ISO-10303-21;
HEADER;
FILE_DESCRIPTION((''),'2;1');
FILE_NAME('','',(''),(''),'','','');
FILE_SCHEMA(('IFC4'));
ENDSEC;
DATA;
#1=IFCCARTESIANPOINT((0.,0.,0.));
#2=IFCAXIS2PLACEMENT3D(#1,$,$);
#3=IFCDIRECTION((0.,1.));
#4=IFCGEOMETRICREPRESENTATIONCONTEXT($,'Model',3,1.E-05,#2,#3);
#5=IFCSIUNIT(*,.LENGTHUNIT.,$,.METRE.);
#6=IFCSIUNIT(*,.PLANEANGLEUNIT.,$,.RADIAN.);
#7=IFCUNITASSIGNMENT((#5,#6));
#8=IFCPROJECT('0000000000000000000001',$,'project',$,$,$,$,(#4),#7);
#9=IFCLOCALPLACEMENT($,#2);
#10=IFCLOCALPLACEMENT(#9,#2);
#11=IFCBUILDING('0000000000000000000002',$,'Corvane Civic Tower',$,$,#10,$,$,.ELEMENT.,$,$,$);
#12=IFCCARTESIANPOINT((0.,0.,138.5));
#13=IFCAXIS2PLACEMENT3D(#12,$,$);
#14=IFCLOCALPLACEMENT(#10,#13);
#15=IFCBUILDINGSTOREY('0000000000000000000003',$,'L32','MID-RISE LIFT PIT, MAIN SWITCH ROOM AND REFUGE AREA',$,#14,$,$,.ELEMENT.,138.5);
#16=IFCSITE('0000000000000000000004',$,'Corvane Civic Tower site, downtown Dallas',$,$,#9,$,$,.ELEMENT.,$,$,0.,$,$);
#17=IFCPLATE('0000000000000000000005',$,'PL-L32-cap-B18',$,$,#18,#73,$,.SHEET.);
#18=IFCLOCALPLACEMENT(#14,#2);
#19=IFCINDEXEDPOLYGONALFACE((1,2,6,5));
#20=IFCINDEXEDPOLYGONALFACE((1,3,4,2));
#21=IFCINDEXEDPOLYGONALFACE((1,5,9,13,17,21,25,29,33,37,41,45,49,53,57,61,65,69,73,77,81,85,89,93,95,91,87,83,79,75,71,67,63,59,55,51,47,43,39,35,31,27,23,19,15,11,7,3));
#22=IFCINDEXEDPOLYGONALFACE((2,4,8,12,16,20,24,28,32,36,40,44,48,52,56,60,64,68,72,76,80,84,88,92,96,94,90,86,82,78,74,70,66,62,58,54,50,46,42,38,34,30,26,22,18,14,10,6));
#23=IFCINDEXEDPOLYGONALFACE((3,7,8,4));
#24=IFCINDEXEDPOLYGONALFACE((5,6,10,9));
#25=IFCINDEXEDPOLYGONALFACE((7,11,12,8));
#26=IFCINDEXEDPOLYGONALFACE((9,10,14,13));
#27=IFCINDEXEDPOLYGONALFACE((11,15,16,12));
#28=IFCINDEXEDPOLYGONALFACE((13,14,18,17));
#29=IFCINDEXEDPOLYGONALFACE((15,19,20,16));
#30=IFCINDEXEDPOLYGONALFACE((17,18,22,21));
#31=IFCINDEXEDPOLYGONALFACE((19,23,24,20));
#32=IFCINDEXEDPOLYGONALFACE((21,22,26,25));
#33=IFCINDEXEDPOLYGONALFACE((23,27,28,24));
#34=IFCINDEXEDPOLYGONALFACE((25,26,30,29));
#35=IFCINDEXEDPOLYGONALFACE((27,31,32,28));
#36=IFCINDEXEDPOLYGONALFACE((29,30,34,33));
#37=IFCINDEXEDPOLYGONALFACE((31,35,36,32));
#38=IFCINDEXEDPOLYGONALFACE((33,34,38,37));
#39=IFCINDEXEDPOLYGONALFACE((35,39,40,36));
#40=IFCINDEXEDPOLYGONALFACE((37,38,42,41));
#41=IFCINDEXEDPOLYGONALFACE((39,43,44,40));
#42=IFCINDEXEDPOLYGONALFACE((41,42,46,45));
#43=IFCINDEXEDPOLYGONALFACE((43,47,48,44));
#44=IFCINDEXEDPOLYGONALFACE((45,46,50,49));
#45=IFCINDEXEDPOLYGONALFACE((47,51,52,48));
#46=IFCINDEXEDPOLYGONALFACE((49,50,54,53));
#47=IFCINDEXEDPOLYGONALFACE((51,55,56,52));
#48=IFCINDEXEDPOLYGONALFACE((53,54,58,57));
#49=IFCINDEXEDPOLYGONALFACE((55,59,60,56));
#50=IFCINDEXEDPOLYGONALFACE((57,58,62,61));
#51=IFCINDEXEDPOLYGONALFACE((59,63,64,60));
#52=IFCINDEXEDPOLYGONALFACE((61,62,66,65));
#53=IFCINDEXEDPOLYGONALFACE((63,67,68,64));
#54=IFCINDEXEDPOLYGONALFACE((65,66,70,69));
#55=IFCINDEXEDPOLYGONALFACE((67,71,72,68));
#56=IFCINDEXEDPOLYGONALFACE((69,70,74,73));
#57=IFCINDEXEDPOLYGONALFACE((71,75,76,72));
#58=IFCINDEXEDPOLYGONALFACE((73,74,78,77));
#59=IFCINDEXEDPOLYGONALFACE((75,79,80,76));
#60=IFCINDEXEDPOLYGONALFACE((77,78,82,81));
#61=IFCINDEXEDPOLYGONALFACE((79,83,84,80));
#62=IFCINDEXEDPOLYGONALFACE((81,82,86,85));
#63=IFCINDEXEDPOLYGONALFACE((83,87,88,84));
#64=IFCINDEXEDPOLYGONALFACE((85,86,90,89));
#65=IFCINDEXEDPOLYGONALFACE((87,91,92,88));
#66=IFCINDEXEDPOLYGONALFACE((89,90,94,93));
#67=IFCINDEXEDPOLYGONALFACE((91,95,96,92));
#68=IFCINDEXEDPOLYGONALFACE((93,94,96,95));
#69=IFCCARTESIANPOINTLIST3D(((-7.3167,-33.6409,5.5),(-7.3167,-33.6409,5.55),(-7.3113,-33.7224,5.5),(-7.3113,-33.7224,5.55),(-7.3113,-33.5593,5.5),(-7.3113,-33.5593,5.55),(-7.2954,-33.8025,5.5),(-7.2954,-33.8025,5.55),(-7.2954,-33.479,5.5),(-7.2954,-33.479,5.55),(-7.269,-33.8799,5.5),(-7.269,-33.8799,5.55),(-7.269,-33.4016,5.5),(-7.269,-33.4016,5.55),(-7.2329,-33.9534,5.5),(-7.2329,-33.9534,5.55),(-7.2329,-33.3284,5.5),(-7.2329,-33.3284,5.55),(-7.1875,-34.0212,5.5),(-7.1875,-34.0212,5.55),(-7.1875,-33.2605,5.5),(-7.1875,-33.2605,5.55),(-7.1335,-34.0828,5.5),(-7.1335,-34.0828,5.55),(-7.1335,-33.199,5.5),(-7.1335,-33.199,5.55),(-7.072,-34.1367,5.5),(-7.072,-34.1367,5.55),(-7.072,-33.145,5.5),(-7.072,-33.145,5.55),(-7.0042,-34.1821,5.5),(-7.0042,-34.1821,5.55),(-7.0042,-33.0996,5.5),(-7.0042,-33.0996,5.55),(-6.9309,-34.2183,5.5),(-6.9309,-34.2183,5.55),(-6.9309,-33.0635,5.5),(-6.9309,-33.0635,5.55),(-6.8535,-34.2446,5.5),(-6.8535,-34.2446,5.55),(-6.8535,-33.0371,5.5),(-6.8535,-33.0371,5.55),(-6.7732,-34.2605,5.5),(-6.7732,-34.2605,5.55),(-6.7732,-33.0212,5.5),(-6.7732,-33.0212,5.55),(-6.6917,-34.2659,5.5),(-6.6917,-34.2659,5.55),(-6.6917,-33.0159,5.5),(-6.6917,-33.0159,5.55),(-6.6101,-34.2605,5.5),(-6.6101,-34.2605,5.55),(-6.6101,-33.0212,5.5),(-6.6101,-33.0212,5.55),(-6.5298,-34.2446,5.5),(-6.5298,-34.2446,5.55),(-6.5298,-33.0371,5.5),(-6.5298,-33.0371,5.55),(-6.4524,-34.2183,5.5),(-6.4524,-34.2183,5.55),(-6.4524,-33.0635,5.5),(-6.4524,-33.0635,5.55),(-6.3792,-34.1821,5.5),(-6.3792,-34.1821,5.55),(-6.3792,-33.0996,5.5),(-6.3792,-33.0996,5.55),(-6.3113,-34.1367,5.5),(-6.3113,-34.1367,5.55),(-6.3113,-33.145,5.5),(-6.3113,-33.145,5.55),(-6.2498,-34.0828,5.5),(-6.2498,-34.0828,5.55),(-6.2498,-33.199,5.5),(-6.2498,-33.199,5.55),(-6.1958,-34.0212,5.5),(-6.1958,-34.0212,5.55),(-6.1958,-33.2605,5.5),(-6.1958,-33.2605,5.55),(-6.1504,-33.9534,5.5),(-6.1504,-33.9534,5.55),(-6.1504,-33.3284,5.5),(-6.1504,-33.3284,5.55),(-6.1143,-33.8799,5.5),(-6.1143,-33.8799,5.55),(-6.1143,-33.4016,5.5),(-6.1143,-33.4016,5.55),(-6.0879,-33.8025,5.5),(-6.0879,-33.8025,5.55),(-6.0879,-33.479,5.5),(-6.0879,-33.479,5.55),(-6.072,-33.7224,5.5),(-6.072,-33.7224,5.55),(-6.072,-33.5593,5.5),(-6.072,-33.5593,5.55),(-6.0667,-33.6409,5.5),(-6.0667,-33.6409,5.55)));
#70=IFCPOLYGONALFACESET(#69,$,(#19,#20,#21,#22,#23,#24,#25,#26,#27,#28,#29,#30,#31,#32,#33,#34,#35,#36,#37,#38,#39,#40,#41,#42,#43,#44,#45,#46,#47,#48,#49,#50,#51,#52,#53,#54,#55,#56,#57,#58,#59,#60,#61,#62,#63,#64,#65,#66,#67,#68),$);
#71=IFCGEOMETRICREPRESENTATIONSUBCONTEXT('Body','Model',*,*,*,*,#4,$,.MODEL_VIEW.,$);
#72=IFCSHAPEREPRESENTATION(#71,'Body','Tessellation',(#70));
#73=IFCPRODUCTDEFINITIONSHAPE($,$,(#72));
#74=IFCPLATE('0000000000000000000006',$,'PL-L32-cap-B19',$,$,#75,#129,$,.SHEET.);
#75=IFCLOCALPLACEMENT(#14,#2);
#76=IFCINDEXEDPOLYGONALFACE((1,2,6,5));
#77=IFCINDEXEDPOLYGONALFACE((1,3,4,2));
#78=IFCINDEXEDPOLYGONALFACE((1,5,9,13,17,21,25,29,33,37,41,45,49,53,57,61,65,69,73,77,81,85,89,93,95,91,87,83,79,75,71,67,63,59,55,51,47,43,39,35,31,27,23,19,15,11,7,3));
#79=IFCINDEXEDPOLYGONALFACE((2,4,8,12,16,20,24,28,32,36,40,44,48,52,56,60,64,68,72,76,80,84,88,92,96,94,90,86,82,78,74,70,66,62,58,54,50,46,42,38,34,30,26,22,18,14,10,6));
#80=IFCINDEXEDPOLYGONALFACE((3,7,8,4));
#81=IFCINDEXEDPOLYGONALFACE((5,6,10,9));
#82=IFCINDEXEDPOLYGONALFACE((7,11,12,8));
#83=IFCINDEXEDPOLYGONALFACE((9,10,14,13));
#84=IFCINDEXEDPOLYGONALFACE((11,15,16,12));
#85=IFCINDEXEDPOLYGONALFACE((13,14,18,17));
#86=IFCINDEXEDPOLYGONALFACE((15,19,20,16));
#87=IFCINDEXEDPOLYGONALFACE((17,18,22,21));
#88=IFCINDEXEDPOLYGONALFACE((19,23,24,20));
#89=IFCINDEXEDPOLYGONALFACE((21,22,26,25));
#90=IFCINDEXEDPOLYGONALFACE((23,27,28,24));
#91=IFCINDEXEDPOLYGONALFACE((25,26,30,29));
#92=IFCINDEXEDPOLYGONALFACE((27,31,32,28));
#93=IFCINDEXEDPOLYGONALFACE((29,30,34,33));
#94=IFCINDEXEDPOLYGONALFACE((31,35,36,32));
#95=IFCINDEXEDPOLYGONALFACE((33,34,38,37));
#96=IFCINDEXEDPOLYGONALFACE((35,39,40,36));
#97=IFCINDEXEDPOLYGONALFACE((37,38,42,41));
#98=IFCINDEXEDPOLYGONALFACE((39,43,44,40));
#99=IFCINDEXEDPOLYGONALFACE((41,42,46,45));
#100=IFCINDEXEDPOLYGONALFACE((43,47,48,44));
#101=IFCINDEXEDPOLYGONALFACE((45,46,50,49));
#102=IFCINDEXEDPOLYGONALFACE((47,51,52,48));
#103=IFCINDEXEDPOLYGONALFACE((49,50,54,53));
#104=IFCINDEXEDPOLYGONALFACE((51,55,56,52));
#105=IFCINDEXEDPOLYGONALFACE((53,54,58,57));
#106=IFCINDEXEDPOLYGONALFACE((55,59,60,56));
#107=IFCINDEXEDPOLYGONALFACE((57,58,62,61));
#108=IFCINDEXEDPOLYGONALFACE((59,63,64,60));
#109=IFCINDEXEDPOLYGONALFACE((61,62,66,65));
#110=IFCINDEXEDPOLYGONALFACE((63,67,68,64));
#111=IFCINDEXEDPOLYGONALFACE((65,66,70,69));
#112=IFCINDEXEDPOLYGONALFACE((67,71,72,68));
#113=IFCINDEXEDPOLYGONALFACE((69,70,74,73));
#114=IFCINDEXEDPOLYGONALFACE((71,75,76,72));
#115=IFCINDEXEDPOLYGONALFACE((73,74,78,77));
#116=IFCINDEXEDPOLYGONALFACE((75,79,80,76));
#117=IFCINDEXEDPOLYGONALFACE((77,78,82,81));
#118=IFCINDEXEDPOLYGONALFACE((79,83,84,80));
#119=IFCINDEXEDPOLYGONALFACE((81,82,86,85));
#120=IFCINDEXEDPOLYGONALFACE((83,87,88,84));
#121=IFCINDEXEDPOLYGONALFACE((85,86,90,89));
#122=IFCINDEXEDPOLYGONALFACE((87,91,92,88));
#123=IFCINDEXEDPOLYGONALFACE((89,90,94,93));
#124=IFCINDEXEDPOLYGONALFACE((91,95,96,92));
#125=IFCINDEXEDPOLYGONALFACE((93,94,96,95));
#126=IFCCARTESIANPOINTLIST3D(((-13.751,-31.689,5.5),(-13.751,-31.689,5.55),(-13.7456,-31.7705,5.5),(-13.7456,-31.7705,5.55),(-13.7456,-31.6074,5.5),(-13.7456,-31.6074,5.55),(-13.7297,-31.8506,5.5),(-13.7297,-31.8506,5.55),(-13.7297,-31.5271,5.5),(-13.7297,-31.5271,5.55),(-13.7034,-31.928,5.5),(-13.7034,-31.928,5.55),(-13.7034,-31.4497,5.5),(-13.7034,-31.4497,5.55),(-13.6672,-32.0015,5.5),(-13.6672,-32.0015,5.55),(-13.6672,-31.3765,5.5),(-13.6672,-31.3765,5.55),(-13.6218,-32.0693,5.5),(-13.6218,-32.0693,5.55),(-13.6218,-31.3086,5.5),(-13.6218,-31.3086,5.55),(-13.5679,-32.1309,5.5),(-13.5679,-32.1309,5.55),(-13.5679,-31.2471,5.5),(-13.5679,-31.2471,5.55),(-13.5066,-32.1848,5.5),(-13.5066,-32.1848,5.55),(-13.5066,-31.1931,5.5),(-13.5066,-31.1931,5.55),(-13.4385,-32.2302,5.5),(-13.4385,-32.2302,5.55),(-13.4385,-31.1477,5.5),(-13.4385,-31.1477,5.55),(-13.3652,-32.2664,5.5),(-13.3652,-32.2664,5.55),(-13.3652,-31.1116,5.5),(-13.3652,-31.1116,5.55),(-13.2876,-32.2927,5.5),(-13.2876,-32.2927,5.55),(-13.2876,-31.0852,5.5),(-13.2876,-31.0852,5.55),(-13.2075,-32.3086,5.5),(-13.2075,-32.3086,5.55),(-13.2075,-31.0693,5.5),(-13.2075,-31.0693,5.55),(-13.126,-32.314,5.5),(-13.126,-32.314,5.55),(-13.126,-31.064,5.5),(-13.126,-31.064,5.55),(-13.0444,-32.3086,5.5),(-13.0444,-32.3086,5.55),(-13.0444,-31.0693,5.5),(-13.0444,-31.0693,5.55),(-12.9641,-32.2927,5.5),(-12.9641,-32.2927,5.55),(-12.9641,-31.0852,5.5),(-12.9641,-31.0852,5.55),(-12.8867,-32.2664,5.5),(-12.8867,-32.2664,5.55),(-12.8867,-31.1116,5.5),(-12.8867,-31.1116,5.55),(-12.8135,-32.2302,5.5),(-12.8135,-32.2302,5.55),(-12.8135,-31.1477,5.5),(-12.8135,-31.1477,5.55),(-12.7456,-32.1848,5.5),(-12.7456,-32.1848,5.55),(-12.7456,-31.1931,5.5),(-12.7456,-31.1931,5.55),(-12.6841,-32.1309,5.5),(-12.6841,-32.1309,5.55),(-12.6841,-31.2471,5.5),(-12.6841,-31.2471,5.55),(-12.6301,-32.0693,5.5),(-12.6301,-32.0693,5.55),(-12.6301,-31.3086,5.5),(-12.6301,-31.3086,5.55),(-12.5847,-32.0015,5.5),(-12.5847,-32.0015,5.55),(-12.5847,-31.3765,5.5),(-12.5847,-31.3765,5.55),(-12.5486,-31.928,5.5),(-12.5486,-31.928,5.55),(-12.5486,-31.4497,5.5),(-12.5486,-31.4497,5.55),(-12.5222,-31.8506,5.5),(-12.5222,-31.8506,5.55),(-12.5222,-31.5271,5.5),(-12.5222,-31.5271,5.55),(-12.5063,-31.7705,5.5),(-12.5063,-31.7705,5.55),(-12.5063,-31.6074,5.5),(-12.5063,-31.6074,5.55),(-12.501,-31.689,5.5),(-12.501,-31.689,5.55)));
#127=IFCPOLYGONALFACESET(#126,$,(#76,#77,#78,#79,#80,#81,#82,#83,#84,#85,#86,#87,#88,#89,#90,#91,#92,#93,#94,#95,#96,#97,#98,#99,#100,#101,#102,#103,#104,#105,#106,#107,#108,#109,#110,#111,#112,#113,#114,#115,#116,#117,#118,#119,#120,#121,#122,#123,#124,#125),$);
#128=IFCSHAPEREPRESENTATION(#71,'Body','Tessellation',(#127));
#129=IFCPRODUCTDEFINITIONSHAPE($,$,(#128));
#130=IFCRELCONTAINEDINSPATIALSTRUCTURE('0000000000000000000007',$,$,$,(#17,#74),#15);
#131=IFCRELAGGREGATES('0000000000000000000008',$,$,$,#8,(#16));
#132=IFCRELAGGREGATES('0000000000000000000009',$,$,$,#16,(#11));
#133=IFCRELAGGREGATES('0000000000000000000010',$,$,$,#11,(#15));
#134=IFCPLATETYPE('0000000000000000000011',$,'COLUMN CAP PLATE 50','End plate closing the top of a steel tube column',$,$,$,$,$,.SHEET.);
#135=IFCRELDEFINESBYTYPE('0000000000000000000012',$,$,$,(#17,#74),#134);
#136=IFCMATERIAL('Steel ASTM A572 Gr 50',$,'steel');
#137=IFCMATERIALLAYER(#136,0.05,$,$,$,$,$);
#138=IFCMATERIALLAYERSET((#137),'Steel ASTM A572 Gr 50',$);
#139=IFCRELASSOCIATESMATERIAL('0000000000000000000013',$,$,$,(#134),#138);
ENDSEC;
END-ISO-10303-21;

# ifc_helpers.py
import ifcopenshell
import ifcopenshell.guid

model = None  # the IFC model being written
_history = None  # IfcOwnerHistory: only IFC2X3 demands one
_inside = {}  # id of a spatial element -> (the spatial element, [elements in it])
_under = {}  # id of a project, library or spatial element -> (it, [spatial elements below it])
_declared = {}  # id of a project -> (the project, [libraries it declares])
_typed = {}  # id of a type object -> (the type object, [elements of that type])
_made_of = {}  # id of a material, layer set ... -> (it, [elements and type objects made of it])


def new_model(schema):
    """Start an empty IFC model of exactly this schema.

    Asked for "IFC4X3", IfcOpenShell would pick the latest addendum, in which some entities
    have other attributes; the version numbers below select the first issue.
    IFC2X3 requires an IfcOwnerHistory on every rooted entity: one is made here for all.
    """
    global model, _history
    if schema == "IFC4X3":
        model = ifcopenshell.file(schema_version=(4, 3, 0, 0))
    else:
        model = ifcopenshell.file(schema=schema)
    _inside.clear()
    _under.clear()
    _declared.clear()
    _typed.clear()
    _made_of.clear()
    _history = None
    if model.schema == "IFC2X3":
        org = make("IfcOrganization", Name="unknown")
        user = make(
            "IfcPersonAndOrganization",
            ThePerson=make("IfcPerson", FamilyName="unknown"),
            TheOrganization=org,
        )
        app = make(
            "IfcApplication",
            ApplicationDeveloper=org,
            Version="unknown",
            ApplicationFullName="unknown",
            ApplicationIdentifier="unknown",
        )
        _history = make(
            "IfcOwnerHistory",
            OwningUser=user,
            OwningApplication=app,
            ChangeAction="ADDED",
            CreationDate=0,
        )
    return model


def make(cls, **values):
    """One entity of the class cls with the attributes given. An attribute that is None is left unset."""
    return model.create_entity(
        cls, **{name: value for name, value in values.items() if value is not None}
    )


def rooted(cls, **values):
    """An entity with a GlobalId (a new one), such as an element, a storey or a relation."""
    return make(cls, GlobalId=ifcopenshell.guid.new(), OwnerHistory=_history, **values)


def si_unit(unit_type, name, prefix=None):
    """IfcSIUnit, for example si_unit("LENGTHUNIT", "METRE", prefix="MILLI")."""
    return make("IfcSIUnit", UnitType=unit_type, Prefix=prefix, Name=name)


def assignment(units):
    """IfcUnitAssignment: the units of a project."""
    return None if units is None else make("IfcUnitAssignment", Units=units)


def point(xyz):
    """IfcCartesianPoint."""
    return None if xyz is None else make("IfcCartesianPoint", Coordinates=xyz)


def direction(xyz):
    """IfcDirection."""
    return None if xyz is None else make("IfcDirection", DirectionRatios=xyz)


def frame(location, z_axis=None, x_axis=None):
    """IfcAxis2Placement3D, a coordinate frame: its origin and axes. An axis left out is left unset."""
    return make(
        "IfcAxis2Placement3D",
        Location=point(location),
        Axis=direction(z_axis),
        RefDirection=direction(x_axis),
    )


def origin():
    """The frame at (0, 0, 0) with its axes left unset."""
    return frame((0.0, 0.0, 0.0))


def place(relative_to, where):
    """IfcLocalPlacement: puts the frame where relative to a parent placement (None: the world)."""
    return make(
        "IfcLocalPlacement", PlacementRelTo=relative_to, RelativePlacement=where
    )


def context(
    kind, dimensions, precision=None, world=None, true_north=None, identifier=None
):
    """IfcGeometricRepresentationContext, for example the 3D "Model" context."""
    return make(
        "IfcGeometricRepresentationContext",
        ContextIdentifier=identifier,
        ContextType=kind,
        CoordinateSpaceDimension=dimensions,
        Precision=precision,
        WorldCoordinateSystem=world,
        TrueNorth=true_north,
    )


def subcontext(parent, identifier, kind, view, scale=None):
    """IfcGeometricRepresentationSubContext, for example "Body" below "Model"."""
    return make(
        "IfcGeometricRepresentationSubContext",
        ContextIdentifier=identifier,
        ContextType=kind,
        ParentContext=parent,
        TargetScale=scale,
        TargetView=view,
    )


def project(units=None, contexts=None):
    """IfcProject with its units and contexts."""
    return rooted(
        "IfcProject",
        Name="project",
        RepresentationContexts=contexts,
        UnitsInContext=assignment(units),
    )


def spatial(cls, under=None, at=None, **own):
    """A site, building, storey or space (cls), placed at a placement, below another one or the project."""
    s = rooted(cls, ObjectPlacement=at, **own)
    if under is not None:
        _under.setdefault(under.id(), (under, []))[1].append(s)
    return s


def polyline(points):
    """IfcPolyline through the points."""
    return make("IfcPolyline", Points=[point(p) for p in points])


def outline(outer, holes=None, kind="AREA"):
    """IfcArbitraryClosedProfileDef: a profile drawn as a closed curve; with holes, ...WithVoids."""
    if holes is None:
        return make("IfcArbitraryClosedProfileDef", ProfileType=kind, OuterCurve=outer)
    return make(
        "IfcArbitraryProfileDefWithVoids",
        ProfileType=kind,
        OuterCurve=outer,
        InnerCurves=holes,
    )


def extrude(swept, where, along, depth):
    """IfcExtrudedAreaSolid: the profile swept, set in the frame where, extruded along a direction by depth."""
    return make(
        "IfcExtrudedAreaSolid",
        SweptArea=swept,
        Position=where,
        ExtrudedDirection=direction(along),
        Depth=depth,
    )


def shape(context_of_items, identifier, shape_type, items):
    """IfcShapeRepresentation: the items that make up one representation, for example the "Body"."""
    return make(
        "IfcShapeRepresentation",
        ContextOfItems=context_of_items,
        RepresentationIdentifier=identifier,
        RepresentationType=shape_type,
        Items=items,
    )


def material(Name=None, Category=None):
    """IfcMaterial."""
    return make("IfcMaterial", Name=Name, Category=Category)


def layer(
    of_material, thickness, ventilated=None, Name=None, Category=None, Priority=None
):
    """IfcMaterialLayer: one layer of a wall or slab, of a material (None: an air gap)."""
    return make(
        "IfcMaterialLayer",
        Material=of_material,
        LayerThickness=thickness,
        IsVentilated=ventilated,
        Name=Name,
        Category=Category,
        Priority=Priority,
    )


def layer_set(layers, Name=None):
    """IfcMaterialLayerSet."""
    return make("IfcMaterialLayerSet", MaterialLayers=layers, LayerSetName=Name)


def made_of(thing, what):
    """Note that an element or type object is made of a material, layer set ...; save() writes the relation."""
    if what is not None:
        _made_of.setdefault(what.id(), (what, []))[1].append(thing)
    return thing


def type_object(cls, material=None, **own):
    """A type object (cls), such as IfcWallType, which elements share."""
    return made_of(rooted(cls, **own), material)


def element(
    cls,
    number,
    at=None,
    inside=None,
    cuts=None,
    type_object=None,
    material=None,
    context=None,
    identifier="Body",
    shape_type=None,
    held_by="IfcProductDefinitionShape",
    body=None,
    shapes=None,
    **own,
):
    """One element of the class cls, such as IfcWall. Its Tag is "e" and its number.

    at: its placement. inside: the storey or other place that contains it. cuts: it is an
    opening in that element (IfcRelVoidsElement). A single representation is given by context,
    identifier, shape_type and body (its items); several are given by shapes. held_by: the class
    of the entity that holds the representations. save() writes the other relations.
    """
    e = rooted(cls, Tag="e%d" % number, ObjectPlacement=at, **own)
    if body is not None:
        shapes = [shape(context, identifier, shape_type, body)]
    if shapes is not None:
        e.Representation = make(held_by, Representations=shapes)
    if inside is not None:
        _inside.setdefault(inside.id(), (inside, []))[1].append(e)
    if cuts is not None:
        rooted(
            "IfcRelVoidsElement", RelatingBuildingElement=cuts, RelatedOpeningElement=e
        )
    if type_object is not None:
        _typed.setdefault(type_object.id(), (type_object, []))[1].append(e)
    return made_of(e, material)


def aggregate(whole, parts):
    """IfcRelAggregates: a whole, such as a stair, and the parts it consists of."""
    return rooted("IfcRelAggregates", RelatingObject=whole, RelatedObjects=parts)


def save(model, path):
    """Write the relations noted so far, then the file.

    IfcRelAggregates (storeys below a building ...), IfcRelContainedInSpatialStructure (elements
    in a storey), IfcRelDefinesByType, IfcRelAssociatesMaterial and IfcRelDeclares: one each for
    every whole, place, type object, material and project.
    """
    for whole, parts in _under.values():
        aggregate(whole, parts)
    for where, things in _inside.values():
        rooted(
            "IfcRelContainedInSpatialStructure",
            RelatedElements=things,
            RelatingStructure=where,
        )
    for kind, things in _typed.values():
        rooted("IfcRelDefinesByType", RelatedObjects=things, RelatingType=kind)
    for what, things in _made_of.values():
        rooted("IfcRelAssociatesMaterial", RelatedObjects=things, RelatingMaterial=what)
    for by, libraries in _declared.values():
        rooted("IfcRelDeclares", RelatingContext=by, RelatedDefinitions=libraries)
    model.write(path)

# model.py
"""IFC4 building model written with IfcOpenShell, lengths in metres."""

from ifc_helpers import new_model, si_unit, direction, frame, origin, place, context, subcontext, project, spatial, polyline, outline, extrude, material, layer, layer_set, type_object, element, save


model = new_model("IFC4")

# Units and contexts
model_context = context("Model", 3, precision=1e-05, world=origin(), true_north=direction((0.0, 1.0)))
body_context = subcontext(model_context, "Body", "Model", "MODEL_VIEW")
ifc_project = project(units=[si_unit("LENGTHUNIT", "METRE"), si_unit("PLANEANGLEUNIT", "RADIAN")], contexts=[model_context])

# Site, building, storey
site_placement = place(None, origin())
site = spatial("IfcSite", under=ifc_project, at=site_placement, Name="Corvane Civic Tower site, downtown Dallas", CompositionType="ELEMENT", RefElevation=0.0)
building_placement = place(site_placement, origin())
building = spatial("IfcBuilding", under=site, at=building_placement, Name="Corvane Civic Tower", CompositionType="ELEMENT")
storey_placement = place(building_placement, frame((0.0, 0.0, 138.5)))
storey = spatial("IfcBuildingStorey", under=building, at=storey_placement, Name="L32", Description="MID-RISE LIFT PIT, MAIN SWITCH ROOM AND REFUGE AREA", CompositionType="ELEMENT", Elevation=138.5)

# Plates
ifc_material_1 = material(Name="Steel ASTM A572 Gr 50", Category="steel")
ifc_layer_1 = layer(ifc_material_1, 0.05)
ifc_layer_set_1 = layer_set([ifc_layer_1], Name="Steel ASTM A572 Gr 50")
plate_type = type_object("IfcPlateType", Name="COLUMN CAP PLATE 50", Description="End plate closing the top of a steel tube column", PredefinedType="SHEET", material=ifc_layer_set_1)
plate_1_placement = place(storey_placement, frame((0.0, 0.0, 5.5)))
element("IfcPlate", 1, at=plate_1_placement, inside=storey, type_object=plate_type, Name="PL-L32-cap-B18", PredefinedType="SHEET", context=body_context, shape_type="SweptSolid", body=[
    extrude(outline(polyline([(-6.0667, -33.6409), (-6.072, -33.5593), (-6.0879, -33.479), (-6.1143, -33.4016), (-6.1504, -33.3284), (-6.1958, -33.2605), (-6.2498, -33.199), (-6.3113, -33.145), (-6.3792, -33.0996), (-6.4524, -33.0635), (-6.5298, -33.0371), (-6.6101, -33.0212), (-6.6917, -33.0159), (-6.7732, -33.0212), (-6.8535, -33.0371), (-6.9309, -33.0635), (-7.0042, -33.0996), (-7.072, -33.145), (-7.1335, -33.199), (-7.1875, -33.2605), (-7.2329, -33.3284), (-7.269, -33.4016), (-7.2954, -33.479), (-7.3113, -33.5593), (-7.3167, -33.6409), (-7.3113, -33.7224), (-7.2954, -33.8025), (-7.269, -33.8799), (-7.2329, -33.9534), (-7.1875, -34.0212), (-7.1335, -34.0828), (-7.072, -34.1367), (-7.0042, -34.1821), (-6.9309, -34.2183), (-6.8535, -34.2446), (-6.7732, -34.2605), (-6.6917, -34.2659), (-6.6101, -34.2605), (-6.5298, -34.2446), (-6.4524, -34.2183), (-6.3792, -34.1821), (-6.3113, -34.1367), (-6.2498, -34.0828), (-6.1958, -34.0212), (-6.1504, -33.9534), (-6.1143, -33.8799), (-6.0879, -33.8025), (-6.072, -33.7224), (-6.0667, -33.6409)])), origin(), (0.0, 0.0, 1.0), 0.05),
])
plate_2_placement = place(storey_placement, frame((0.0, 0.0, 5.5)))
element("IfcPlate", 2, at=plate_2_placement, inside=storey, type_object=plate_type, Name="PL-L32-cap-B19", PredefinedType="SHEET", context=body_context, shape_type="SweptSolid", body=[
    extrude(outline(polyline([(-12.501, -31.689), (-12.5063, -31.6074), (-12.5222, -31.5271), (-12.5486, -31.4497), (-12.5847, -31.3765), (-12.6301, -31.3086), (-12.6841, -31.2471), (-12.7456, -31.1931), (-12.8135, -31.1477), (-12.8867, -31.1116), (-12.9641, -31.0852), (-13.0444, -31.0693), (-13.126, -31.064), (-13.2075, -31.0693), (-13.2876, -31.0852), (-13.3652, -31.1116), (-13.4385, -31.1477), (-13.5066, -31.1931), (-13.5679, -31.2471), (-13.6218, -31.3086), (-13.6672, -31.3765), (-13.7034, -31.4497), (-13.7297, -31.5271), (-13.7456, -31.6074), (-13.751, -31.689), (-13.7456, -31.7705), (-13.7297, -31.8506), (-13.7034, -31.928), (-13.6672, -32.0015), (-13.6218, -32.0693), (-13.5679, -32.1309), (-13.5066, -32.1848), (-13.4385, -32.2302), (-13.3652, -32.2664), (-13.2876, -32.2927), (-13.2075, -32.3086), (-13.126, -32.314), (-13.0444, -32.3086), (-12.9641, -32.2927), (-12.8867, -32.2664), (-12.8135, -32.2302), (-12.7456, -32.1848), (-12.6841, -32.1309), (-12.6301, -32.0693), (-12.5847, -32.0015), (-12.5486, -31.928), (-12.5222, -31.8506), (-12.5063, -31.7705), (-12.501, -31.689)])), origin(), (0.0, 0.0, 1.0), 0.05),
])

save(model, "model.ifc")
